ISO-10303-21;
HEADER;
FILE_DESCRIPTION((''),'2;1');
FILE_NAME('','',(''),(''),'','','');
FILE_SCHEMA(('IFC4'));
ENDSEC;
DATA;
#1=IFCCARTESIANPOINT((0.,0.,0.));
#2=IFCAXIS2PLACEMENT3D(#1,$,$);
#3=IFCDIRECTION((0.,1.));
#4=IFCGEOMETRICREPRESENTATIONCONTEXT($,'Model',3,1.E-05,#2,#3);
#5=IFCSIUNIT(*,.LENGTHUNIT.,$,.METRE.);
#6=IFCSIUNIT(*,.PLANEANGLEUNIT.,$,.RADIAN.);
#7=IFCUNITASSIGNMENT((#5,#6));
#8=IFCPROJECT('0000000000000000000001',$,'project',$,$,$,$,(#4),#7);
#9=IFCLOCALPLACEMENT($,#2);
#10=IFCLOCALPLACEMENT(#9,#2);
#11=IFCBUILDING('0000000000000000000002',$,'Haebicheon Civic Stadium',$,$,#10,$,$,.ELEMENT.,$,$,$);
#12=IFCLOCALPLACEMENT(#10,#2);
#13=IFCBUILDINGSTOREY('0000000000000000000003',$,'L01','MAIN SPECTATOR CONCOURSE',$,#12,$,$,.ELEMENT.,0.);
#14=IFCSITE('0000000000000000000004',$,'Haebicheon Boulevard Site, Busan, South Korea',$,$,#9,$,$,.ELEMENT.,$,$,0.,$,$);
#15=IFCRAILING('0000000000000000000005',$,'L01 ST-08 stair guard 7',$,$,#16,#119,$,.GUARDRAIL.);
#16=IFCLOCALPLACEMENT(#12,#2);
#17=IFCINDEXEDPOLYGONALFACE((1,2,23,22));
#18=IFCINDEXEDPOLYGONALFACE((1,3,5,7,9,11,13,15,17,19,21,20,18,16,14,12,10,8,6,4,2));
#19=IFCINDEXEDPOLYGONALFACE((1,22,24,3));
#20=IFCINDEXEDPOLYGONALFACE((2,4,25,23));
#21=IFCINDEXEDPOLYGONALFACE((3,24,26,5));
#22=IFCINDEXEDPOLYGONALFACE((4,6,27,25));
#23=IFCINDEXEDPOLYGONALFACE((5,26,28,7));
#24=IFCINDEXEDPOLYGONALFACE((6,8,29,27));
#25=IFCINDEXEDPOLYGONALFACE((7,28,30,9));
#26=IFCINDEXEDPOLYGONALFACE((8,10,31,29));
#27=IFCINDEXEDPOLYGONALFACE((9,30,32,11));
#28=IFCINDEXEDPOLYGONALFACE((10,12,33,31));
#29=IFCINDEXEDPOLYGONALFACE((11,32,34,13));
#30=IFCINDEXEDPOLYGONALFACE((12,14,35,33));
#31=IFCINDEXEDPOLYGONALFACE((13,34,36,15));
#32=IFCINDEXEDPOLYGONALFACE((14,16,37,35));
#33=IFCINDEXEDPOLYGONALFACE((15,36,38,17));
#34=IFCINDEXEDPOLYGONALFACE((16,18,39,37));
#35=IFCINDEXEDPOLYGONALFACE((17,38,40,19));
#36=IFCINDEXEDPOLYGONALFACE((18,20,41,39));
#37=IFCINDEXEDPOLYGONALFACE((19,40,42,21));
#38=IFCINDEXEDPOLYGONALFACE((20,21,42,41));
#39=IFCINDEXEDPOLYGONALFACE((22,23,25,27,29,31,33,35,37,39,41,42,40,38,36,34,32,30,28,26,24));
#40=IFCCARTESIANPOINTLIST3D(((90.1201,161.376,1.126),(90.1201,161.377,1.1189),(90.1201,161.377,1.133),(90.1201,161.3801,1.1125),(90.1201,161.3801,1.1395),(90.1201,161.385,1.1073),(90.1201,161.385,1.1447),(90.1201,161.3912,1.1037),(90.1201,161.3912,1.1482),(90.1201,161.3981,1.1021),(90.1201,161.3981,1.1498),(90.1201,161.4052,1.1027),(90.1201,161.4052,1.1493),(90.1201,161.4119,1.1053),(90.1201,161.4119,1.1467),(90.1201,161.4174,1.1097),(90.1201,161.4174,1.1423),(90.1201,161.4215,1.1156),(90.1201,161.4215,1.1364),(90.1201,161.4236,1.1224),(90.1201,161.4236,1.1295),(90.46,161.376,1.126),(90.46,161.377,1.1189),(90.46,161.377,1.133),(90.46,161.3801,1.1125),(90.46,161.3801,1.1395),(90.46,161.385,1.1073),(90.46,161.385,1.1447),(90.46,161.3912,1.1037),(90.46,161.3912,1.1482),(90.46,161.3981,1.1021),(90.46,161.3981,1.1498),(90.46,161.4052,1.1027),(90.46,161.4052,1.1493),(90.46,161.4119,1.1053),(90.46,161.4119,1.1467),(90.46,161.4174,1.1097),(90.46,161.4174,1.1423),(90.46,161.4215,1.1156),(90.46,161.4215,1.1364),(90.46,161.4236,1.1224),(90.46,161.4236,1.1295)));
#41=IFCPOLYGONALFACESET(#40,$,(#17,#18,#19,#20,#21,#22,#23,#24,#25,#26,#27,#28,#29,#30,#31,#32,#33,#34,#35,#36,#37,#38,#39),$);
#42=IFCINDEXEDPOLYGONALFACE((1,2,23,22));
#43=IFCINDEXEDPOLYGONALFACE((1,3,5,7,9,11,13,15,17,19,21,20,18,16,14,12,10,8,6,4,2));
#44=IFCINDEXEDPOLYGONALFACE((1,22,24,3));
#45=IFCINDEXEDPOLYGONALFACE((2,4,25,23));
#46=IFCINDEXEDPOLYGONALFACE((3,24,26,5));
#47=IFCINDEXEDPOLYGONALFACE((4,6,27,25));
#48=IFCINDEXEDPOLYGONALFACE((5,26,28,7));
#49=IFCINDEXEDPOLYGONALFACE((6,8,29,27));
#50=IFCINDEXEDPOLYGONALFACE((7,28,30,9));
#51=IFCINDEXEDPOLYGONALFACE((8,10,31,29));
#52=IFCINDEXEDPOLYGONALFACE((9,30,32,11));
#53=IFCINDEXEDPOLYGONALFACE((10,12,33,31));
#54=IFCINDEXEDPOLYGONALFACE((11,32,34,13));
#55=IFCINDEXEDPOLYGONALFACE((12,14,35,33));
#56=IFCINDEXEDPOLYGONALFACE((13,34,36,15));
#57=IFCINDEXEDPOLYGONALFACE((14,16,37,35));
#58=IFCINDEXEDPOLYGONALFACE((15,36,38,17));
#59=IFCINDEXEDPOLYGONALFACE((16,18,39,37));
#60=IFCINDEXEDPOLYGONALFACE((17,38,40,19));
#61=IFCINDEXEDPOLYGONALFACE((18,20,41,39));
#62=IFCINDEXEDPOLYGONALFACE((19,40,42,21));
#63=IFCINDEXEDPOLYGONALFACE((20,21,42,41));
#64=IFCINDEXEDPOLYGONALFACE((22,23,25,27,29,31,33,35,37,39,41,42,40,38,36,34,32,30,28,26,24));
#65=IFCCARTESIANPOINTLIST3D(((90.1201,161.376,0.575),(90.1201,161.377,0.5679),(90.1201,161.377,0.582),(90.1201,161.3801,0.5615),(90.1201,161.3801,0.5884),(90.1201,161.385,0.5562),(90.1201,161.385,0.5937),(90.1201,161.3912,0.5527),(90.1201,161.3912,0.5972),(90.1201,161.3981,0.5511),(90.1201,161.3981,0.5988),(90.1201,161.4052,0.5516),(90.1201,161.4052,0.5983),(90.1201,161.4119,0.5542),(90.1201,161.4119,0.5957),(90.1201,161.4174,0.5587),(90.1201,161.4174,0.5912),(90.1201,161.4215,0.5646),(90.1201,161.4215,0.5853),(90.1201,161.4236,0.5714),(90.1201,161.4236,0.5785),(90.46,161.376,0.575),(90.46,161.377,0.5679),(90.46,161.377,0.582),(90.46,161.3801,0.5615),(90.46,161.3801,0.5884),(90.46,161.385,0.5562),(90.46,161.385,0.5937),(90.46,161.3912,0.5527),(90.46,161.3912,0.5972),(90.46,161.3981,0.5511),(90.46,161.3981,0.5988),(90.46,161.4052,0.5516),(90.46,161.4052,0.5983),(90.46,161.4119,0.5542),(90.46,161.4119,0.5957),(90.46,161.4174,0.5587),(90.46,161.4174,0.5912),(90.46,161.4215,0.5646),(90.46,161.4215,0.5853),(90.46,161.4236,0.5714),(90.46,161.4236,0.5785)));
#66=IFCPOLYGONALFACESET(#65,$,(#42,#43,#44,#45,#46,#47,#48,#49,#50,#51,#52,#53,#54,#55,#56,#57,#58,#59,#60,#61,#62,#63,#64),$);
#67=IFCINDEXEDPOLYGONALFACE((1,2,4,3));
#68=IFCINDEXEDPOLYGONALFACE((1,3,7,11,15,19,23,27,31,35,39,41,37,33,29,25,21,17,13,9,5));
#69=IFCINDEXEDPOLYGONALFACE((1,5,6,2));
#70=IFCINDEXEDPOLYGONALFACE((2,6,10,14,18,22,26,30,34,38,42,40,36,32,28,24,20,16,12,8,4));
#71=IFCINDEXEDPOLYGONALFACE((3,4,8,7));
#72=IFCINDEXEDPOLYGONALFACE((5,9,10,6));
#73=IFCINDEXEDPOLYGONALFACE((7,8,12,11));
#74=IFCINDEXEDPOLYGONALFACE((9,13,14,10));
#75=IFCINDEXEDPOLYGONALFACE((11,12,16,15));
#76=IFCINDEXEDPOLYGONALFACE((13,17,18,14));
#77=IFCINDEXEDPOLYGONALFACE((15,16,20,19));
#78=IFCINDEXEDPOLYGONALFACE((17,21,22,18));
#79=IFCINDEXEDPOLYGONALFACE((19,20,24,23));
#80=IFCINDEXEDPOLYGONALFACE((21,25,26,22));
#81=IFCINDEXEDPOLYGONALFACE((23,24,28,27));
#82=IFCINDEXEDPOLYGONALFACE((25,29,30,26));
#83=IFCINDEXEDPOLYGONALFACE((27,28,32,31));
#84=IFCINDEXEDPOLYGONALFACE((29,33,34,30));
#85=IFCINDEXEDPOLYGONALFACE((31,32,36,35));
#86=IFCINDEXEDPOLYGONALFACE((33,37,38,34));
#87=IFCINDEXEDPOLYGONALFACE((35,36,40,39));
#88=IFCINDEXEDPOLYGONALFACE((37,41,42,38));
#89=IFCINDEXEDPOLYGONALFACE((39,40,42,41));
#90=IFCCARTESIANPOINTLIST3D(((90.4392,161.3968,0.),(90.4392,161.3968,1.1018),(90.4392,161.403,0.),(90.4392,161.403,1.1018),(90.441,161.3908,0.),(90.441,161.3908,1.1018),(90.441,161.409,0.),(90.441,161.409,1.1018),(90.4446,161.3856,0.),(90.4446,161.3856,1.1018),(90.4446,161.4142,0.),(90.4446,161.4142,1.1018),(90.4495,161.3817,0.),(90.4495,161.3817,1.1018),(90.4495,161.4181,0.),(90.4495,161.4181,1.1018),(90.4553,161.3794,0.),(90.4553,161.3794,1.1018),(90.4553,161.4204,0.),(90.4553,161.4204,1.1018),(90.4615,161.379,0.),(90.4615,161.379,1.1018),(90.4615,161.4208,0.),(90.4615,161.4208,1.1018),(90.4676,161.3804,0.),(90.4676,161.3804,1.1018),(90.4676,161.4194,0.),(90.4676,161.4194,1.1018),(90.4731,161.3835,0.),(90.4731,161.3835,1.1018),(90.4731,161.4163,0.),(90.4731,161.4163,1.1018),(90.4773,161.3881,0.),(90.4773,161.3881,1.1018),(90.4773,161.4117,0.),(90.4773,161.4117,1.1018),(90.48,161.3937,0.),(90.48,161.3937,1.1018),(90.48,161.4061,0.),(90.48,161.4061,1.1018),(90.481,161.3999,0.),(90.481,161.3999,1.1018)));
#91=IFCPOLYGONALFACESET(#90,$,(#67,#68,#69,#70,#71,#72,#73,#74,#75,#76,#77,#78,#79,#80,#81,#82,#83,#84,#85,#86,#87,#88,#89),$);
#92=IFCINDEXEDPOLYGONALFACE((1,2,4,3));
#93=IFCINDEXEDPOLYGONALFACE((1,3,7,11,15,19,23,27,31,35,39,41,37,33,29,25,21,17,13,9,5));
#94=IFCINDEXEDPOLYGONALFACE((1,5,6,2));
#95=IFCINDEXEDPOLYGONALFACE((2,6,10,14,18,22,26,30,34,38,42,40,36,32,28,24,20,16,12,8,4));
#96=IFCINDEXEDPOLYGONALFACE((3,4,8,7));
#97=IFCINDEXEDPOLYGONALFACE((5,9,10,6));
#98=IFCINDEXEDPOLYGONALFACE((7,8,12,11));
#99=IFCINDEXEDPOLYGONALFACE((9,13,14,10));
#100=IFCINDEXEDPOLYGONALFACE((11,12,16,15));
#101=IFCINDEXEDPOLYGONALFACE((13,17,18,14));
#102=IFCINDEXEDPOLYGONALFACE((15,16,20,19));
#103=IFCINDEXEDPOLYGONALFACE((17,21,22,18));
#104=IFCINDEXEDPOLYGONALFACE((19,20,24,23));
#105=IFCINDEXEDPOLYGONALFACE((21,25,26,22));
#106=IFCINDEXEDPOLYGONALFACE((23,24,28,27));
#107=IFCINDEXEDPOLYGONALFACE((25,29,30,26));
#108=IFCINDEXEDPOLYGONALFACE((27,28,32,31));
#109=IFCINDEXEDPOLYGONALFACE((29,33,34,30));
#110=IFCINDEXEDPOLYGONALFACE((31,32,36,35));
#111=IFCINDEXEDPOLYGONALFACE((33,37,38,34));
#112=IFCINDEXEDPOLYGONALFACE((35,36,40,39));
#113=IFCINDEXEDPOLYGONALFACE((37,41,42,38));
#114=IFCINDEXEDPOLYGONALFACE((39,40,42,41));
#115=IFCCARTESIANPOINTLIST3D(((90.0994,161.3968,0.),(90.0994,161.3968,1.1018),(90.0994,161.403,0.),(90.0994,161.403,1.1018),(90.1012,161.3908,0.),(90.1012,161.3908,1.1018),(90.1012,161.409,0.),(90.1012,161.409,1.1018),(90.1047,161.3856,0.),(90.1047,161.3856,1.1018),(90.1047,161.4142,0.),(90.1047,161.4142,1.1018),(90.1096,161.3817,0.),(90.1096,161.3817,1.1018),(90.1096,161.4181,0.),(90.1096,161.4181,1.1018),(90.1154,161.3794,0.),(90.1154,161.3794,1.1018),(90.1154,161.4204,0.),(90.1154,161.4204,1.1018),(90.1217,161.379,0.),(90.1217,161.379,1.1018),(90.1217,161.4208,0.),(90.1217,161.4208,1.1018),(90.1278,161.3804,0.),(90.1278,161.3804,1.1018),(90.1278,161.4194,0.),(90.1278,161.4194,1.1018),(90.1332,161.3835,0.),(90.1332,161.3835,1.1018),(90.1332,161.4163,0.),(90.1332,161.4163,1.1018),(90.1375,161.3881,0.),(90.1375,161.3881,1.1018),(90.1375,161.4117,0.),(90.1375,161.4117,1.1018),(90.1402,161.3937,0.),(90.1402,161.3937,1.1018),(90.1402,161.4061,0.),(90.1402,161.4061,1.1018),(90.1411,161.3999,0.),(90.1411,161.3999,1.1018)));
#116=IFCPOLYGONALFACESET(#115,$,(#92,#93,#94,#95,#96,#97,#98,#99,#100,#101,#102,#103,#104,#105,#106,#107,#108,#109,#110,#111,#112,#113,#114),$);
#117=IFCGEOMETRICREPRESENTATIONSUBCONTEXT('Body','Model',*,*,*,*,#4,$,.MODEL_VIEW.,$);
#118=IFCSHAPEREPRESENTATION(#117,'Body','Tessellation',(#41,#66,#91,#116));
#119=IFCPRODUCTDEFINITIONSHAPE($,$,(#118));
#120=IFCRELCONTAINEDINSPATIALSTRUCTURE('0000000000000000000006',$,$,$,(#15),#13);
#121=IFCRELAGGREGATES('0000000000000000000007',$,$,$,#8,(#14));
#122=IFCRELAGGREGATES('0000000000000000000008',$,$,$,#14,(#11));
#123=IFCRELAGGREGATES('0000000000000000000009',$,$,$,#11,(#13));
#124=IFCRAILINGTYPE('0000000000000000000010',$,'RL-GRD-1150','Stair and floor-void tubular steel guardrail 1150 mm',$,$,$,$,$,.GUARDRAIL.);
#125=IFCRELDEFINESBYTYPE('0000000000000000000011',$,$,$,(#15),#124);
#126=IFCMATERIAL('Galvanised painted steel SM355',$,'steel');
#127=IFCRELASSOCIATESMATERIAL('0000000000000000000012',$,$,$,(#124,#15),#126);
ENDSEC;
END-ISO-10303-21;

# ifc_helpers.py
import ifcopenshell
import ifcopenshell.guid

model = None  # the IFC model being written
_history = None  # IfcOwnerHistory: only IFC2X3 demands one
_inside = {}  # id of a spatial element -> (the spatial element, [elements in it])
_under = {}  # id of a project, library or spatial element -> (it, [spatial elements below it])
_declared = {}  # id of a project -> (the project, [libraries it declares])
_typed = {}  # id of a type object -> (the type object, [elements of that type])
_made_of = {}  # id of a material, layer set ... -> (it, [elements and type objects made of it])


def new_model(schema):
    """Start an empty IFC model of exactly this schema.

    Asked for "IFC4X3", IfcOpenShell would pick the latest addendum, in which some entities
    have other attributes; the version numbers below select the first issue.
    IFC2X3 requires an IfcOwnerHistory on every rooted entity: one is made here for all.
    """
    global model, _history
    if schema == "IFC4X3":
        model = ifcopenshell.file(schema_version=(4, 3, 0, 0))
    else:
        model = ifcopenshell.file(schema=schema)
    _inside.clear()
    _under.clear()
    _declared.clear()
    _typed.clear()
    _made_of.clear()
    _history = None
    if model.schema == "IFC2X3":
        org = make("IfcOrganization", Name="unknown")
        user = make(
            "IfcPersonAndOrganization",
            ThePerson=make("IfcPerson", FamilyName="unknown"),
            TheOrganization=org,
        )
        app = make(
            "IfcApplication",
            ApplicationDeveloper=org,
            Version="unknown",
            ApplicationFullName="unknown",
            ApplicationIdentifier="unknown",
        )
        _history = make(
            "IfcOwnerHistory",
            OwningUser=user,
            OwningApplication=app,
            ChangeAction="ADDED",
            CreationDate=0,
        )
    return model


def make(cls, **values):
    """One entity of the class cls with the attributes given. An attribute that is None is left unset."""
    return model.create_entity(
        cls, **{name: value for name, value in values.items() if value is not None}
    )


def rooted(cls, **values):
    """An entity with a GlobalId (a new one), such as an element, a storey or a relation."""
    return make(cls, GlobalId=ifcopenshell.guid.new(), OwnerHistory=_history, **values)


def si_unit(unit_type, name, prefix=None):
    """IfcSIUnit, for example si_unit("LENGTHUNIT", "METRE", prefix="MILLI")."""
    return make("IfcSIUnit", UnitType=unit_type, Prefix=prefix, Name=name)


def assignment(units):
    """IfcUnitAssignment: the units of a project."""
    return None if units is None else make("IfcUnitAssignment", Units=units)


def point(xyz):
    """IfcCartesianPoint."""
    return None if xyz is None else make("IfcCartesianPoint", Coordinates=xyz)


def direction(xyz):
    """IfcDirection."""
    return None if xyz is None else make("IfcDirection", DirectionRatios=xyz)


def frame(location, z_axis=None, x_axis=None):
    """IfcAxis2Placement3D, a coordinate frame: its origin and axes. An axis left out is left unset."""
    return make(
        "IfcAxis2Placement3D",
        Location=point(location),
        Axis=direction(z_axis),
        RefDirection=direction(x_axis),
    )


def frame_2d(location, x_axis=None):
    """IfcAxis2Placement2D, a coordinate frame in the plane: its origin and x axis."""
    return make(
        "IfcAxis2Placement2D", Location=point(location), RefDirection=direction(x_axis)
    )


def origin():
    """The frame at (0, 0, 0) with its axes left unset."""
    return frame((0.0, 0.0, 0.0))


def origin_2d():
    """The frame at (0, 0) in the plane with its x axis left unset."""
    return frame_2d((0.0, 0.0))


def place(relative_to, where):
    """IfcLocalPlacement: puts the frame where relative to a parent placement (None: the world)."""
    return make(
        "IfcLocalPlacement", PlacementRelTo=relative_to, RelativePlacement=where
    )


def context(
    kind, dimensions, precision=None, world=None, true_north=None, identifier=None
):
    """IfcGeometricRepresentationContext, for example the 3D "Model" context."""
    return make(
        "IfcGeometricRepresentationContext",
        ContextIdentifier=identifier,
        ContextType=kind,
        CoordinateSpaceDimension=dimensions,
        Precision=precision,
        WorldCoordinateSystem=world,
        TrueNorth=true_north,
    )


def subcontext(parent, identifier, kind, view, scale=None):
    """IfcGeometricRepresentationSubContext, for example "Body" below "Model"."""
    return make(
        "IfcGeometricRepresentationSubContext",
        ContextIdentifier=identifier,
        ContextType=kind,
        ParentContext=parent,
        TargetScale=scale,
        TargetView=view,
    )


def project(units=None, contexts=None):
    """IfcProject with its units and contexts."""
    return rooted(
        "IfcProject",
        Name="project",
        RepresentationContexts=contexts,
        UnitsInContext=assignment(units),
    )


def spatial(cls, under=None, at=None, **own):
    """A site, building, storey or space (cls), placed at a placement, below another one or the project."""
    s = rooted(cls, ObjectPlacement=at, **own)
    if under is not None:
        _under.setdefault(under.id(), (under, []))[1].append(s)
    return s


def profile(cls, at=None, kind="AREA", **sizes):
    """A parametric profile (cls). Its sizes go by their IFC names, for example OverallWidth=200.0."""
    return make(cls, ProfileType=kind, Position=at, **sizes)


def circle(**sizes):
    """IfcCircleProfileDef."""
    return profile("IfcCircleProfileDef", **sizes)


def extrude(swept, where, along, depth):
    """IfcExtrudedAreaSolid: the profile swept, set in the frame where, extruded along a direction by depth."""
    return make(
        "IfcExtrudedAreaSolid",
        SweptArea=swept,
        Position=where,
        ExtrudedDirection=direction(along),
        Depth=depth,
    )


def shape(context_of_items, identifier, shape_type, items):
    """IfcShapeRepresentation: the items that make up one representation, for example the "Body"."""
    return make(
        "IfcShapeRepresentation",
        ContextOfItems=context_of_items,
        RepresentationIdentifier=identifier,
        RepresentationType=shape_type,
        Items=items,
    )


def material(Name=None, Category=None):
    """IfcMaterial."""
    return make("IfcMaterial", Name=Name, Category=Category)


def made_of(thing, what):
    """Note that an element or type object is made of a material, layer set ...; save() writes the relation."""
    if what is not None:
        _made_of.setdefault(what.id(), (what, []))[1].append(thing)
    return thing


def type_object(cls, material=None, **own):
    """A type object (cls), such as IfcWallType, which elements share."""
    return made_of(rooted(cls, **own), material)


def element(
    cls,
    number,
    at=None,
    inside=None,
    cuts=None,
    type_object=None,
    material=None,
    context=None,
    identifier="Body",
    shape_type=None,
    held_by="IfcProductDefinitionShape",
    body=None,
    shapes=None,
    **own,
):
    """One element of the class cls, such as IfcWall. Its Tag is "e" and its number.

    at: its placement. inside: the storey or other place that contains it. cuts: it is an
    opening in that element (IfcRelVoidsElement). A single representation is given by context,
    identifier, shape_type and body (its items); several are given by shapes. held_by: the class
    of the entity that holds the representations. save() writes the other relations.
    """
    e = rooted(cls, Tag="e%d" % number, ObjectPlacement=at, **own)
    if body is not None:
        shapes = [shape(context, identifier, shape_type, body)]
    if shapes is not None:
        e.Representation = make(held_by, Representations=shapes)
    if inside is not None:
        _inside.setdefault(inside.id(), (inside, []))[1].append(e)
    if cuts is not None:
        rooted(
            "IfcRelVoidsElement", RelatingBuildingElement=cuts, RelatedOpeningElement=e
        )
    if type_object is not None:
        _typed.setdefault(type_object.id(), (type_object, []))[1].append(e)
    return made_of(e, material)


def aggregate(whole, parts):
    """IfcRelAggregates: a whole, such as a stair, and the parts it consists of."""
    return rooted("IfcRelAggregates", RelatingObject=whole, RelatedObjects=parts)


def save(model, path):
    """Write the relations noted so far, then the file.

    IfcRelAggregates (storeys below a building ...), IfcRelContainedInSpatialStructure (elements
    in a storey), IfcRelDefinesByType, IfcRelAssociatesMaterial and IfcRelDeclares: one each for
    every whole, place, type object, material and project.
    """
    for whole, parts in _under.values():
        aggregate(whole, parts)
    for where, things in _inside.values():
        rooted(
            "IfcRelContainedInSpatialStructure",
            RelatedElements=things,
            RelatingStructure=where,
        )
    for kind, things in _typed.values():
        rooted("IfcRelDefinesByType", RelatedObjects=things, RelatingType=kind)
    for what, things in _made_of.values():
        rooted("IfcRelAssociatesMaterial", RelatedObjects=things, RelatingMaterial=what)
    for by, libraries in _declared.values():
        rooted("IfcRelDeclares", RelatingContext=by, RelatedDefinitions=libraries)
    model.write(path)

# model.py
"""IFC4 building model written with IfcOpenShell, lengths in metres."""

from ifc_helpers import new_model, si_unit, direction, frame, origin, origin_2d, place, context, subcontext, project, spatial, circle, extrude, material, type_object, element, save


model = new_model("IFC4")

# Units and contexts
model_context = context("Model", 3, precision=1e-05, world=origin(), true_north=direction((0.0, 1.0)))
body_context = subcontext(model_context, "Body", "Model", "MODEL_VIEW")
ifc_project = project(units=[si_unit("LENGTHUNIT", "METRE"), si_unit("PLANEANGLEUNIT", "RADIAN")], contexts=[model_context])

# Site, building, storey
site_placement = place(None, origin())
site = spatial("IfcSite", under=ifc_project, at=site_placement, Name="Haebicheon Boulevard Site, Busan, South Korea", CompositionType="ELEMENT", RefElevation=0.0)
building_placement = place(site_placement, origin())
building = spatial("IfcBuilding", under=site, at=building_placement, Name="Haebicheon Civic Stadium", CompositionType="ELEMENT")
storey_placement = place(building_placement, origin())
storey = spatial("IfcBuildingStorey", under=building, at=storey_placement, Name="L01", Description="MAIN SPECTATOR CONCOURSE", CompositionType="ELEMENT", Elevation=0.0)

# Railing
ifc_material_1 = material(Name="Galvanised painted steel SM355", Category="steel")
railing_type_1 = type_object("IfcRailingType", Name="RL-GRD-1150", Description="Stair and floor-void tubular steel guardrail 1150 mm", PredefinedType="GUARDRAIL", material=ifc_material_1)
railing_1_placement = place(storey_placement, frame((90.46, 161.3999, 0.0)))
element("IfcRailing", 1, at=railing_1_placement, inside=storey, type_object=railing_type_1, material=ifc_material_1, Name="L01 ST-08 stair guard 7", PredefinedType="GUARDRAIL", context=body_context, shape_type="SweptSolid", body=[
    extrude(circle(Radius=0.0239, at=origin_2d()), frame((0.0, 0.0, 1.126), z_axis=(-1.0, 0.0, 0.0), x_axis=(0.0, -1.0, 0.0)), (0.0, 0.0, 1.0), 0.3398),
    extrude(circle(Radius=0.0239, at=origin_2d()), frame((0.0, 0.0, 0.575), z_axis=(-1.0, 0.0, 0.0), x_axis=(0.0, -1.0, 0.0)), (0.0, 0.0, 1.0), 0.3398),
    extrude(circle(Radius=0.021, at=origin_2d()), origin(), (0.0, 0.0, 1.0), 1.1018),
    extrude(circle(Radius=0.021, at=origin_2d()), frame((-0.3398, 0.0, 0.0)), (0.0, 0.0, 1.0), 1.1018),
])

save(model, "model.ifc")
